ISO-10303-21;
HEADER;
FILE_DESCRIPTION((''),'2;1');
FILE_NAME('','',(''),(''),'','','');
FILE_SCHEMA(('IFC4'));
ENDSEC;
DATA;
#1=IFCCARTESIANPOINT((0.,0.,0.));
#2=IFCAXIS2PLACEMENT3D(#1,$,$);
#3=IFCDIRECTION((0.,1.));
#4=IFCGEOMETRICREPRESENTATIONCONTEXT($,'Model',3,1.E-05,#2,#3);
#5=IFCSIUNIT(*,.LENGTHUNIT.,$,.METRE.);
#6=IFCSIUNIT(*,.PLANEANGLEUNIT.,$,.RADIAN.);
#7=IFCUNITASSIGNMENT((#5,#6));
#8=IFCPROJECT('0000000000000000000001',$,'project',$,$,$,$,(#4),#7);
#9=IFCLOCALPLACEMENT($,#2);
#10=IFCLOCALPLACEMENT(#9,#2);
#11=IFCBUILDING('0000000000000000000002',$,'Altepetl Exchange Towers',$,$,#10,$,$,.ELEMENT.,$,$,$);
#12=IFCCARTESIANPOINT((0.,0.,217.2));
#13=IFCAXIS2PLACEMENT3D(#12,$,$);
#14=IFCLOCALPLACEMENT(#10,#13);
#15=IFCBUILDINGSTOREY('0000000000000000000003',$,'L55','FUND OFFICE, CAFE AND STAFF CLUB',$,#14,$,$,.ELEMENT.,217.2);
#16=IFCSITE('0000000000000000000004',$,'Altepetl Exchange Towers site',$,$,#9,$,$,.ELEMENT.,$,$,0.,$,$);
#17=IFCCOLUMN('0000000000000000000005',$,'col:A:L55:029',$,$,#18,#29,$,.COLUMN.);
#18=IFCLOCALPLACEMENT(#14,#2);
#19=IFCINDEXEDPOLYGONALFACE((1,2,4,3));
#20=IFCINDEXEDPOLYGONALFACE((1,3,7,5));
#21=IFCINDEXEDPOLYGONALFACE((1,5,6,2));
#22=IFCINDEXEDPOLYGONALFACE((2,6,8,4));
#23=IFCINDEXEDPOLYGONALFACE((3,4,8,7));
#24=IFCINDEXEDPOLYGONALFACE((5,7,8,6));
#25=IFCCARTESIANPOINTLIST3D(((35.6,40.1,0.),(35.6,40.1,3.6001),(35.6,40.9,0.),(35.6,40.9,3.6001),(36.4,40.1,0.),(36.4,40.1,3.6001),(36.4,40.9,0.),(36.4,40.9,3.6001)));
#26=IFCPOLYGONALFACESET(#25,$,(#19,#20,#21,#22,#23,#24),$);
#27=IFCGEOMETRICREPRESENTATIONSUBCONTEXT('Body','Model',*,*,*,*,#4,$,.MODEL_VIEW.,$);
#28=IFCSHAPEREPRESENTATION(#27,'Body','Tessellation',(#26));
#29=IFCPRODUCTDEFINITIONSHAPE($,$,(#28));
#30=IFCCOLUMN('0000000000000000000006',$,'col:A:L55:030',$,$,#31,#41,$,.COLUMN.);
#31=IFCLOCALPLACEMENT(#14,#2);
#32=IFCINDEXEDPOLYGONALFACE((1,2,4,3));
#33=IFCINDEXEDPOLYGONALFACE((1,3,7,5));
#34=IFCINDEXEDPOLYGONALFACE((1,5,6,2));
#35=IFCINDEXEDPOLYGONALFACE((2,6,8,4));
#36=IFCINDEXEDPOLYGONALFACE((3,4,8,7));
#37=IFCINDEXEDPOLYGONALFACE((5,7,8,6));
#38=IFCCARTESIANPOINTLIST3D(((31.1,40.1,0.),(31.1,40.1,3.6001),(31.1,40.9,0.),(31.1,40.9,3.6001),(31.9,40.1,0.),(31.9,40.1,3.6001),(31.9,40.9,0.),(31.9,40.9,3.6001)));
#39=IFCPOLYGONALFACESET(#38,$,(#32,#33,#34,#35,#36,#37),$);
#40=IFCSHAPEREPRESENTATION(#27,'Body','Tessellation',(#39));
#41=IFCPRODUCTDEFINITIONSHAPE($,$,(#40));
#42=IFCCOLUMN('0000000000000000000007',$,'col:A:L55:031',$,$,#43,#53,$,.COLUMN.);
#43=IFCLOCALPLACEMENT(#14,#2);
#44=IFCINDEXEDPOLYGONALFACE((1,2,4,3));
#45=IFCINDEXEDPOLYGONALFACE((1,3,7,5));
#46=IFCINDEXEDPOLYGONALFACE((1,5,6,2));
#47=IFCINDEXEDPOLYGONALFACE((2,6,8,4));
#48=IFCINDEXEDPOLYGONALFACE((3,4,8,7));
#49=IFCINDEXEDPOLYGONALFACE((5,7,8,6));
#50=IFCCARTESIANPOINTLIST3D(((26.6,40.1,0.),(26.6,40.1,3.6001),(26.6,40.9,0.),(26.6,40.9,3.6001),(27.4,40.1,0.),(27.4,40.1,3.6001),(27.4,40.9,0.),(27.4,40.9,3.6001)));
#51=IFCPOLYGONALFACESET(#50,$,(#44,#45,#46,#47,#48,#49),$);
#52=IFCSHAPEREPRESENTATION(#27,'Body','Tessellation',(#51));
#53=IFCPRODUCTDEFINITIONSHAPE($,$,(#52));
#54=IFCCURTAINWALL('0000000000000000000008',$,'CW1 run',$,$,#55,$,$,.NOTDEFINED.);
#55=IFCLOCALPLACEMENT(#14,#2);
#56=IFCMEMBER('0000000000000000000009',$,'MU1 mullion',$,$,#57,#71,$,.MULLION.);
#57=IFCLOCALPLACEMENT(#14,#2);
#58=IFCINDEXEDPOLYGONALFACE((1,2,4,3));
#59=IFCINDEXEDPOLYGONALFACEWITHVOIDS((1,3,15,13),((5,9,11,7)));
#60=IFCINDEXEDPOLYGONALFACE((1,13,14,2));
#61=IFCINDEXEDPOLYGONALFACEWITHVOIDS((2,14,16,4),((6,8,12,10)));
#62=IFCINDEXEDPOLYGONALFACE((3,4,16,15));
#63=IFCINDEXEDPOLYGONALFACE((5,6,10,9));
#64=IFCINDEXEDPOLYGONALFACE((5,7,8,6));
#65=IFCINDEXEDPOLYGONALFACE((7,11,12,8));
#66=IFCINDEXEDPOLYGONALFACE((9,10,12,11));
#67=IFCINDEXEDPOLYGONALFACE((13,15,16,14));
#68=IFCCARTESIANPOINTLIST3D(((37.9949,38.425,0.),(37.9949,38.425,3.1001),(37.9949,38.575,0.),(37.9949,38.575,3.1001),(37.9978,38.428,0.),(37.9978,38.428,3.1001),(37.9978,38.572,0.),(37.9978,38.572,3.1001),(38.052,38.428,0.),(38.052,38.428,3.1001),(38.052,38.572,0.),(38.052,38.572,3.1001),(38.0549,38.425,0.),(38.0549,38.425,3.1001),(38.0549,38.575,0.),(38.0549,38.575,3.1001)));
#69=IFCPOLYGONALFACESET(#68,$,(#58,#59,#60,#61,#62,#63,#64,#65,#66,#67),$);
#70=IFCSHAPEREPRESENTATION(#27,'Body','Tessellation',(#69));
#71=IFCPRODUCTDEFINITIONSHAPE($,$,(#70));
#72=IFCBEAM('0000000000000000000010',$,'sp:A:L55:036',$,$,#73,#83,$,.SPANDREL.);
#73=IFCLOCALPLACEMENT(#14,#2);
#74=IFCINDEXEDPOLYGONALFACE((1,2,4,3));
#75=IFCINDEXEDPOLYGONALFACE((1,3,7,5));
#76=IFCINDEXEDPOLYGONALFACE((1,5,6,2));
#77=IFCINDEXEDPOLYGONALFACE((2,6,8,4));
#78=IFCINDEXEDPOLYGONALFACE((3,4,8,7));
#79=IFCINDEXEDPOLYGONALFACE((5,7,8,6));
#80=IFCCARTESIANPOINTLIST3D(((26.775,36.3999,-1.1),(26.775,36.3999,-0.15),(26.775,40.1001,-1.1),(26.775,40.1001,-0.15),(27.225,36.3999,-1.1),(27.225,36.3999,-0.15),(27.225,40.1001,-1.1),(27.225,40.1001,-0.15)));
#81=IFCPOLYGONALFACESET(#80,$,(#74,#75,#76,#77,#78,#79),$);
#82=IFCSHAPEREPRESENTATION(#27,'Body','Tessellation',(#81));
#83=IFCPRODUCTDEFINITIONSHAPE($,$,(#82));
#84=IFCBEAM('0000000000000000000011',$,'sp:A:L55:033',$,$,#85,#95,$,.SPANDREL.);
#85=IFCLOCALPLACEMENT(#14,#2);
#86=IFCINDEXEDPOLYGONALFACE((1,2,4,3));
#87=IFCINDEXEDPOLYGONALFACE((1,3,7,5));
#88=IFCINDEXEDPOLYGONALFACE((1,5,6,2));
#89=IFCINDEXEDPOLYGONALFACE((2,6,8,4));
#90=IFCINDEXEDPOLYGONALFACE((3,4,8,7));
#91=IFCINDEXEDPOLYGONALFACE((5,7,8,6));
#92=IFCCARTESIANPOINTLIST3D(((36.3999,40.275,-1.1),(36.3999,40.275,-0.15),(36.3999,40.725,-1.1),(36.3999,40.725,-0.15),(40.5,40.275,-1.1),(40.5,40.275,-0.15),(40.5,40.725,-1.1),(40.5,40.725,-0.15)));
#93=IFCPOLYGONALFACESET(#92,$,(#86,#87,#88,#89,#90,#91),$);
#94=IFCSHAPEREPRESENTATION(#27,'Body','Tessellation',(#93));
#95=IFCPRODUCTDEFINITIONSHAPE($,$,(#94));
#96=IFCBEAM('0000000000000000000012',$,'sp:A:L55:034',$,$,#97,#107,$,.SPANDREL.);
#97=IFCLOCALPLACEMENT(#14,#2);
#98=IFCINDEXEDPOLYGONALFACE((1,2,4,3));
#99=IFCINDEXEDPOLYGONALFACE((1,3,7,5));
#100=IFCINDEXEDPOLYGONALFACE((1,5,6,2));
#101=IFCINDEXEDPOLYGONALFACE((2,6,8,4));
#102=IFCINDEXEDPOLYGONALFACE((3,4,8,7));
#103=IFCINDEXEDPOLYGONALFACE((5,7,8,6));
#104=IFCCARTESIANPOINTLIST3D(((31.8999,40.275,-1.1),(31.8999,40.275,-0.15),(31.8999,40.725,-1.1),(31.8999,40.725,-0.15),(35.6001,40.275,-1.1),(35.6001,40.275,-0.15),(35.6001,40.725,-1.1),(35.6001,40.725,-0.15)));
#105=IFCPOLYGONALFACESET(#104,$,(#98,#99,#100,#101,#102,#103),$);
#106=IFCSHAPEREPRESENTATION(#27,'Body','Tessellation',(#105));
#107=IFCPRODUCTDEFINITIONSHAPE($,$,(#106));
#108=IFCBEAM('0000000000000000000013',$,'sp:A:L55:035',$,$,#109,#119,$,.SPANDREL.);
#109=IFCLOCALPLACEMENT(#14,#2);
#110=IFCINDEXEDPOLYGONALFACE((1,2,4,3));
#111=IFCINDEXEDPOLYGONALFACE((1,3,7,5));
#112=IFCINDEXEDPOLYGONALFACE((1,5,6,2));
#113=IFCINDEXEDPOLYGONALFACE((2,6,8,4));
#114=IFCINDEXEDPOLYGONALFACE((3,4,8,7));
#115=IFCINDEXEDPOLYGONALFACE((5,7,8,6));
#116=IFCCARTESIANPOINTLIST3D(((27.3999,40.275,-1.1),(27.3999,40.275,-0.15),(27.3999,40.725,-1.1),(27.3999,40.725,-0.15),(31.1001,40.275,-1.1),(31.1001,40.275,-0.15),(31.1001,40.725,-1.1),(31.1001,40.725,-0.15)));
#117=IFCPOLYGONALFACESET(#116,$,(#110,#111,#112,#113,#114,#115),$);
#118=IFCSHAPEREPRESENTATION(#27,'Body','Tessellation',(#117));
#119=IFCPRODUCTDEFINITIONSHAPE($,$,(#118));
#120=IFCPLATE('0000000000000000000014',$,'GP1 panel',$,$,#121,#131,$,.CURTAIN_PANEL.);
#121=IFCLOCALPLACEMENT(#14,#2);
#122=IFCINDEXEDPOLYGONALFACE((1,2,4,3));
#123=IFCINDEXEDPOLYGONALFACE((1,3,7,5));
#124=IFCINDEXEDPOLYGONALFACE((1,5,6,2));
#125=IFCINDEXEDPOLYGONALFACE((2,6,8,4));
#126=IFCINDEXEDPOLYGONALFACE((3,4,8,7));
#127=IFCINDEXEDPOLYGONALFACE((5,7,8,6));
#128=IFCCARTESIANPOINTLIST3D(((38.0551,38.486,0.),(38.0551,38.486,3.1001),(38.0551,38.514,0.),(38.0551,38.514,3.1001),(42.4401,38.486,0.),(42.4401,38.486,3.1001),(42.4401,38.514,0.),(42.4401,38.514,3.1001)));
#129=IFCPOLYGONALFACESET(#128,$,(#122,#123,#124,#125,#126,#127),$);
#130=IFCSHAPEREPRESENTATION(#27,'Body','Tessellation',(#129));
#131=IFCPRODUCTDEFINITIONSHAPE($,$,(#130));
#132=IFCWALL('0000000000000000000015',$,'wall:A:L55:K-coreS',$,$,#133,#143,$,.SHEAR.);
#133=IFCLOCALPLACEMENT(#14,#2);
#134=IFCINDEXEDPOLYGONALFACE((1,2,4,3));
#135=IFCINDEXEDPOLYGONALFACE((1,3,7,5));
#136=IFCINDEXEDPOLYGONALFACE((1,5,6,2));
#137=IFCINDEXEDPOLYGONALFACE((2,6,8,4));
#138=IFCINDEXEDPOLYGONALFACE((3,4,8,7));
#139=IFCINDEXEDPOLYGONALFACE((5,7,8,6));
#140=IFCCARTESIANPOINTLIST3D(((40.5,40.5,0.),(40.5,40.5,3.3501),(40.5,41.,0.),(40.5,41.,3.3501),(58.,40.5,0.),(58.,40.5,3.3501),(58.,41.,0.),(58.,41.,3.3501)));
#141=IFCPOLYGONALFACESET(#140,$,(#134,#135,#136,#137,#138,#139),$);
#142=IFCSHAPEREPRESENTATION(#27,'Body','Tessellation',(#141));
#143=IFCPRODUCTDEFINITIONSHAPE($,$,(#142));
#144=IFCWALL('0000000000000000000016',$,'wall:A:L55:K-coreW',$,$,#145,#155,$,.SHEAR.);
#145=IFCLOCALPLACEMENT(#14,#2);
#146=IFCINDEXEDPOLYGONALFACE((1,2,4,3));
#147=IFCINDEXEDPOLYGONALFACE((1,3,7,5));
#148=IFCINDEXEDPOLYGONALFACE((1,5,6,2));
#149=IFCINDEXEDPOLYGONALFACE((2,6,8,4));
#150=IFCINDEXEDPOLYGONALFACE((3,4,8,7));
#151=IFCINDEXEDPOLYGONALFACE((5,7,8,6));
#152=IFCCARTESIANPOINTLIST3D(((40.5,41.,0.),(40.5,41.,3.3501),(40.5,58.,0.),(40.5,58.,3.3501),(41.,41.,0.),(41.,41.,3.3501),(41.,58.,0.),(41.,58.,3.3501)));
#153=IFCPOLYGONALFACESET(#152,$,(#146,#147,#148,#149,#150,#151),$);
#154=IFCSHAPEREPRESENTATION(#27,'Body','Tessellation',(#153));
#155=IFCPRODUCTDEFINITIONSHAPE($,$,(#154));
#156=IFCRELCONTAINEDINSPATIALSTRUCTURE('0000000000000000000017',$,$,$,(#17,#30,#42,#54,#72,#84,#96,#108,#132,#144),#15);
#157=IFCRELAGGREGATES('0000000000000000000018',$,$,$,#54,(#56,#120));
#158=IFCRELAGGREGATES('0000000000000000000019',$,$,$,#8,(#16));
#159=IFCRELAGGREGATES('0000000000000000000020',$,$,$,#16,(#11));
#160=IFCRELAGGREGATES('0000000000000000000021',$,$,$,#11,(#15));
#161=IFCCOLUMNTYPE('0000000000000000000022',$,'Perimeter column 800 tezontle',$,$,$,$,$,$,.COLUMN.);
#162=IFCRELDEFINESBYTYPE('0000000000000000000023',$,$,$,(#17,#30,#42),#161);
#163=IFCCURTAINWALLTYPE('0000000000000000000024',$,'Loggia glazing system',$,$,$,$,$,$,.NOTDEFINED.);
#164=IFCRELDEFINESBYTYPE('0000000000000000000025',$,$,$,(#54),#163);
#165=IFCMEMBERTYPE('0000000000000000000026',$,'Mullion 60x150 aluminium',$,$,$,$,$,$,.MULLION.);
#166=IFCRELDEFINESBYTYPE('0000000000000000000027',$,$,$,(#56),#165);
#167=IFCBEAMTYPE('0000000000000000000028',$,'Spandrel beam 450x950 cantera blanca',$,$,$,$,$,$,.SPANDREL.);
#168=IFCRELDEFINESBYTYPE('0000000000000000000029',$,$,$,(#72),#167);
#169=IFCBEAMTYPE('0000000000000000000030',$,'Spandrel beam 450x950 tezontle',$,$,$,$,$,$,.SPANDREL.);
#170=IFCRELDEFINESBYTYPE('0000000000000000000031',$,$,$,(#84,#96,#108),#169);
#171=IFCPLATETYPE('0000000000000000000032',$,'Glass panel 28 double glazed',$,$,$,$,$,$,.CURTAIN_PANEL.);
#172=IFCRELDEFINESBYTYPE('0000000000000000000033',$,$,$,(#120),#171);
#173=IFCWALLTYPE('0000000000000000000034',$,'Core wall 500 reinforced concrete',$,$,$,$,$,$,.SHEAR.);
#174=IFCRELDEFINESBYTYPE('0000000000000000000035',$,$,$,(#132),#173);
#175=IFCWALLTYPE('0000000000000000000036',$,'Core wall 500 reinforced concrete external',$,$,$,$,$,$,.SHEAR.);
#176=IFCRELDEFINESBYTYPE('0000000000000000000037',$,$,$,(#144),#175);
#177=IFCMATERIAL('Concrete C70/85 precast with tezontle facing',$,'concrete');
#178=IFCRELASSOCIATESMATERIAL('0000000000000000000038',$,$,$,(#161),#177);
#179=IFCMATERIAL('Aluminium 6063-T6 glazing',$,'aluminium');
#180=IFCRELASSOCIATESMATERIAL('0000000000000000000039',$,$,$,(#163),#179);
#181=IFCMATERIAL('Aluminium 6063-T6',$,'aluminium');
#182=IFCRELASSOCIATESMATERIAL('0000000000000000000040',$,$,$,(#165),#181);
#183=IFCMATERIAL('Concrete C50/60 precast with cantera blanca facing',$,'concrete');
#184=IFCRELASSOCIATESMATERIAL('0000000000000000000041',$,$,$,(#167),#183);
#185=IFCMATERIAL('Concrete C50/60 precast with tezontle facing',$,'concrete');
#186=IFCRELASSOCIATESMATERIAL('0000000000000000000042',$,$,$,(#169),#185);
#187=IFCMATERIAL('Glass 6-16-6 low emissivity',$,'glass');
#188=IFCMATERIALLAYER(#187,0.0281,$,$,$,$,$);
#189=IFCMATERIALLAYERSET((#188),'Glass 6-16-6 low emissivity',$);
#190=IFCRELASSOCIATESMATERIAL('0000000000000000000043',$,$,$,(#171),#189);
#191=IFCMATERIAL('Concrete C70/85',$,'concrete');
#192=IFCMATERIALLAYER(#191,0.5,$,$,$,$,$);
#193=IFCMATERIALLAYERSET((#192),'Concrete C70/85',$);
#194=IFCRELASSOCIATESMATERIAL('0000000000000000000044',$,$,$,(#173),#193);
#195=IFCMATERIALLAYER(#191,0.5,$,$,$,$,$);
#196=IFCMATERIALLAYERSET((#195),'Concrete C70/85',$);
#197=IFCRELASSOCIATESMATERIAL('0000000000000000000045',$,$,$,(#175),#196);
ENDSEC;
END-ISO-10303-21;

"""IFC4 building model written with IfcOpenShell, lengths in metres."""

from ifc_helpers import new_model, si_unit, direction, frame, frame_2d, origin, origin_2d, place, context, subcontext, project, spatial, rectangle, hollow_rectangle, extrude, material, layer, layer_set, material_profile, profile_set, type_object, element, aggregate, save


model = new_model("IFC4")

# Units and contexts
model_context = context("Model", 3, precision=1e-05, world=origin(), true_north=direction((0.0, 1.0)))
body_context = subcontext(model_context, "Body", "Model", "MODEL_VIEW")
ifc_project = project(units=[si_unit("LENGTHUNIT", "METRE"), si_unit("PLANEANGLEUNIT", "RADIAN")], contexts=[model_context])

# Site, building, storey
site_placement = place(None, origin())
site = spatial("IfcSite", under=ifc_project, at=site_placement, Name="Altepetl Exchange Towers site", CompositionType="ELEMENT", RefElevation=0.0)
building_placement = place(site_placement, origin())
building = spatial("IfcBuilding", under=site, at=building_placement, Name="Altepetl Exchange Towers", CompositionType="ELEMENT")
storey_placement = place(building_placement, frame((0.0, 0.0, 217.2)))
storey = spatial("IfcBuildingStorey", under=building, at=storey_placement, Name="L55", Description="FUND OFFICE, CAFE AND STAFF CLUB", CompositionType="ELEMENT", Elevation=217.2)

# Columns
ifc_material_1 = material(Name="Concrete C70/85 precast with tezontle facing", Category="concrete")
ifc_material_profile_1 = material_profile(ifc_material_1, rectangle(XDim=0.8, YDim=0.8, at=origin_2d()), Name="800 x 800")
ifc_profile_set_1 = profile_set([ifc_material_profile_1], Name="Concrete C70/85 precast with tezontle facing")
column_type = type_object("IfcColumnType", Name="Perimeter column 800 tezontle", PredefinedType="COLUMN", material=ifc_profile_set_1)
for number, where, name in (
    (1, (36.0, 40.5, 0.0), "col:A:L55:029"),
    (2, (31.5, 40.5, 0.0), "col:A:L55:030"),
    (3, (27.0, 40.5, 0.0), "col:A:L55:031"),
):
    element("IfcColumn", number, at=place(storey_placement, frame(where)), inside=storey, type_object=column_type, Name=name, PredefinedType="COLUMN", context=body_context, shape_type="SweptSolid", body=[
        extrude(rectangle(XDim=0.8, YDim=0.8, at=origin_2d()), origin(), (0.0, 0.0, 1.0), 3.6001),
    ])

# Curtain wall, member
ifc_material_2 = material(Name="Aluminium 6063-T6 glazing", Category="aluminium")
curtain_wall_type = type_object("IfcCurtainWallType", Name="Loggia glazing system", PredefinedType="NOTDEFINED", material=ifc_material_2)
curtain_wall_placement = place(storey_placement, origin())
curtain_wall = element("IfcCurtainWall", 4, at=curtain_wall_placement, inside=storey, type_object=curtain_wall_type, Name="CW1 run", PredefinedType="NOTDEFINED")
ifc_material_3 = material(Name="Aluminium 6063-T6", Category="aluminium")
ifc_material_profile_2 = material_profile(ifc_material_3, hollow_rectangle(XDim=0.0601, YDim=0.1499, WallThickness=0.0029, at=origin_2d()), Name="Mullion 60x150 aluminium")
ifc_profile_set_2 = profile_set([ifc_material_profile_2], Name="Aluminium 6063-T6")
member_type = type_object("IfcMemberType", Name="Mullion 60x150 aluminium", PredefinedType="MULLION", material=ifc_profile_set_2)
member_placement = place(storey_placement, frame((38.0249, 38.5, 0.0), z_axis=(0.0, 0.0, 1.0), x_axis=(-1.0, 0.0, 0.0)))
member = element("IfcMember", 5, at=member_placement, type_object=member_type, Name="MU1 mullion", PredefinedType="MULLION", context=body_context, shape_type="SweptSolid", body=[
    extrude(hollow_rectangle(XDim=0.0601, YDim=0.1499, WallThickness=0.0029, at=origin_2d()), origin(), (0.0, 0.0, 1.0), 3.1001),
])

# Beams
ifc_material_4 = material(Name="Concrete C50/60 precast with cantera blanca facing", Category="concrete")
ifc_material_profile_3 = material_profile(ifc_material_4, rectangle(XDim=0.45, YDim=0.95, at=origin_2d()), Name="450 x 950")
ifc_profile_set_3 = profile_set([ifc_material_profile_3], Name="Concrete C50/60 precast with cantera blanca facing")
beam_type_1 = type_object("IfcBeamType", Name="Spandrel beam 450x950 cantera blanca", PredefinedType="SPANDREL", material=ifc_profile_set_3)
beam_1_placement = place(storey_placement, frame((27.0, 40.1001, -0.625), z_axis=(0.0, -1.0, 0.0), x_axis=(1.0, 0.0, 0.0)))
element("IfcBeam", 6, at=beam_1_placement, inside=storey, type_object=beam_type_1, Name="sp:A:L55:036", PredefinedType="SPANDREL", context=body_context, shape_type="SweptSolid", body=[
    extrude(rectangle(XDim=0.45, YDim=0.95, at=origin_2d()), origin(), (0.0, 0.0, 1.0), 3.7002),
])
ifc_material_5 = material(Name="Concrete C50/60 precast with tezontle facing", Category="concrete")
ifc_material_profile_4 = material_profile(ifc_material_5, rectangle(XDim=0.45, YDim=0.95, at=origin_2d()), Name="450 x 950")
ifc_profile_set_4 = profile_set([ifc_material_profile_4], Name="Concrete C50/60 precast with tezontle facing")
beam_type_2 = type_object("IfcBeamType", Name="Spandrel beam 450x950 tezontle", PredefinedType="SPANDREL", material=ifc_profile_set_4)
beam_2_placement = place(storey_placement, frame((40.5, 40.5, -0.625), z_axis=(-1.0, 0.0, 0.0), x_axis=(0.0, -1.0, 0.0)))
element("IfcBeam", 7, at=beam_2_placement, inside=storey, type_object=beam_type_2, Name="sp:A:L55:033", PredefinedType="SPANDREL", context=body_context, shape_type="SweptSolid", body=[
    extrude(rectangle(XDim=0.45, YDim=0.95, at=origin_2d()), origin(), (0.0, 0.0, 1.0), 4.1001),
])
for number, where, z_axis, x_axis, name in (
    (8, (35.6001, 40.5, -0.625), (-1.0, 0.0, 0.0), (0.0, -1.0, 0.0), "sp:A:L55:034"),
    (9, (31.1001, 40.5, -0.625), (-1.0, 0.0, 0.0), (0.0, -1.0, 0.0), "sp:A:L55:035"),
):
    element("IfcBeam", number, at=place(storey_placement, frame(where, z_axis=z_axis, x_axis=x_axis)), inside=storey, type_object=beam_type_2, Name=name, PredefinedType="SPANDREL", context=body_context, shape_type="SweptSolid", body=[
        extrude(rectangle(XDim=0.45, YDim=0.95, at=origin_2d()), origin(), (0.0, 0.0, 1.0), 3.7002),
    ])

# Plate
ifc_material_6 = material(Name="Glass 6-16-6 low emissivity", Category="glass")
ifc_layer_1 = layer(ifc_material_6, 0.0281)
ifc_layer_set_1 = layer_set([ifc_layer_1], Name="Glass 6-16-6 low emissivity")
plate_type = type_object("IfcPlateType", Name="Glass panel 28 double glazed", PredefinedType="CURTAIN_PANEL", material=ifc_layer_set_1)
plate_placement = place(storey_placement, frame((40.2476, 38.5, 0.0), z_axis=(0.0, 0.0, 1.0), x_axis=(-1.0, 0.0, 0.0)))
plate = element("IfcPlate", 10, at=plate_placement, type_object=plate_type, Name="GP1 panel", PredefinedType="CURTAIN_PANEL", context=body_context, shape_type="SweptSolid", body=[
    extrude(rectangle(XDim=4.385, YDim=0.0281, at=origin_2d()), origin(), (0.0, 0.0, 1.0), 3.1001),
])
aggregate(curtain_wall, [member, plate])

# Walls
ifc_material_7 = material(Name="Concrete C70/85", Category="concrete")
ifc_layer_2 = layer(ifc_material_7, 0.5)
ifc_layer_set_2 = layer_set([ifc_layer_2], Name="Concrete C70/85")
wall_type_1 = type_object("IfcWallType", Name="Core wall 500 reinforced concrete", PredefinedType="SHEAR", material=ifc_layer_set_2)
wall_1_placement = place(storey_placement, frame((40.5, 40.75, 0.0)))
element("IfcWall", 11, at=wall_1_placement, inside=storey, type_object=wall_type_1, Name="wall:A:L55:K-coreS", PredefinedType="SHEAR", context=body_context, shape_type="SweptSolid", body=[
    extrude(rectangle(XDim=17.5, YDim=0.5, at=frame_2d((8.75, 0.0))), origin(), (0.0, 0.0, 1.0), 3.3501),
])
ifc_layer_3 = layer(ifc_material_7, 0.5)
ifc_layer_set_3 = layer_set([ifc_layer_3], Name="Concrete C70/85")
wall_type_2 = type_object("IfcWallType", Name="Core wall 500 reinforced concrete external", PredefinedType="SHEAR", material=ifc_layer_set_3)
wall_2_placement = place(storey_placement, frame((40.75, 41.0, 0.0), z_axis=(0.0, 0.0, 1.0), x_axis=(0.0, 1.0, 0.0)))
element("IfcWall", 12, at=wall_2_placement, inside=storey, type_object=wall_type_2, Name="wall:A:L55:K-coreW", PredefinedType="SHEAR", context=body_context, shape_type="SweptSolid", body=[
    extrude(rectangle(XDim=17.0, YDim=0.5, at=frame_2d((8.5, 0.0))), origin(), (0.0, 0.0, 1.0), 3.3501),
])

save(model, "model.ifc")
